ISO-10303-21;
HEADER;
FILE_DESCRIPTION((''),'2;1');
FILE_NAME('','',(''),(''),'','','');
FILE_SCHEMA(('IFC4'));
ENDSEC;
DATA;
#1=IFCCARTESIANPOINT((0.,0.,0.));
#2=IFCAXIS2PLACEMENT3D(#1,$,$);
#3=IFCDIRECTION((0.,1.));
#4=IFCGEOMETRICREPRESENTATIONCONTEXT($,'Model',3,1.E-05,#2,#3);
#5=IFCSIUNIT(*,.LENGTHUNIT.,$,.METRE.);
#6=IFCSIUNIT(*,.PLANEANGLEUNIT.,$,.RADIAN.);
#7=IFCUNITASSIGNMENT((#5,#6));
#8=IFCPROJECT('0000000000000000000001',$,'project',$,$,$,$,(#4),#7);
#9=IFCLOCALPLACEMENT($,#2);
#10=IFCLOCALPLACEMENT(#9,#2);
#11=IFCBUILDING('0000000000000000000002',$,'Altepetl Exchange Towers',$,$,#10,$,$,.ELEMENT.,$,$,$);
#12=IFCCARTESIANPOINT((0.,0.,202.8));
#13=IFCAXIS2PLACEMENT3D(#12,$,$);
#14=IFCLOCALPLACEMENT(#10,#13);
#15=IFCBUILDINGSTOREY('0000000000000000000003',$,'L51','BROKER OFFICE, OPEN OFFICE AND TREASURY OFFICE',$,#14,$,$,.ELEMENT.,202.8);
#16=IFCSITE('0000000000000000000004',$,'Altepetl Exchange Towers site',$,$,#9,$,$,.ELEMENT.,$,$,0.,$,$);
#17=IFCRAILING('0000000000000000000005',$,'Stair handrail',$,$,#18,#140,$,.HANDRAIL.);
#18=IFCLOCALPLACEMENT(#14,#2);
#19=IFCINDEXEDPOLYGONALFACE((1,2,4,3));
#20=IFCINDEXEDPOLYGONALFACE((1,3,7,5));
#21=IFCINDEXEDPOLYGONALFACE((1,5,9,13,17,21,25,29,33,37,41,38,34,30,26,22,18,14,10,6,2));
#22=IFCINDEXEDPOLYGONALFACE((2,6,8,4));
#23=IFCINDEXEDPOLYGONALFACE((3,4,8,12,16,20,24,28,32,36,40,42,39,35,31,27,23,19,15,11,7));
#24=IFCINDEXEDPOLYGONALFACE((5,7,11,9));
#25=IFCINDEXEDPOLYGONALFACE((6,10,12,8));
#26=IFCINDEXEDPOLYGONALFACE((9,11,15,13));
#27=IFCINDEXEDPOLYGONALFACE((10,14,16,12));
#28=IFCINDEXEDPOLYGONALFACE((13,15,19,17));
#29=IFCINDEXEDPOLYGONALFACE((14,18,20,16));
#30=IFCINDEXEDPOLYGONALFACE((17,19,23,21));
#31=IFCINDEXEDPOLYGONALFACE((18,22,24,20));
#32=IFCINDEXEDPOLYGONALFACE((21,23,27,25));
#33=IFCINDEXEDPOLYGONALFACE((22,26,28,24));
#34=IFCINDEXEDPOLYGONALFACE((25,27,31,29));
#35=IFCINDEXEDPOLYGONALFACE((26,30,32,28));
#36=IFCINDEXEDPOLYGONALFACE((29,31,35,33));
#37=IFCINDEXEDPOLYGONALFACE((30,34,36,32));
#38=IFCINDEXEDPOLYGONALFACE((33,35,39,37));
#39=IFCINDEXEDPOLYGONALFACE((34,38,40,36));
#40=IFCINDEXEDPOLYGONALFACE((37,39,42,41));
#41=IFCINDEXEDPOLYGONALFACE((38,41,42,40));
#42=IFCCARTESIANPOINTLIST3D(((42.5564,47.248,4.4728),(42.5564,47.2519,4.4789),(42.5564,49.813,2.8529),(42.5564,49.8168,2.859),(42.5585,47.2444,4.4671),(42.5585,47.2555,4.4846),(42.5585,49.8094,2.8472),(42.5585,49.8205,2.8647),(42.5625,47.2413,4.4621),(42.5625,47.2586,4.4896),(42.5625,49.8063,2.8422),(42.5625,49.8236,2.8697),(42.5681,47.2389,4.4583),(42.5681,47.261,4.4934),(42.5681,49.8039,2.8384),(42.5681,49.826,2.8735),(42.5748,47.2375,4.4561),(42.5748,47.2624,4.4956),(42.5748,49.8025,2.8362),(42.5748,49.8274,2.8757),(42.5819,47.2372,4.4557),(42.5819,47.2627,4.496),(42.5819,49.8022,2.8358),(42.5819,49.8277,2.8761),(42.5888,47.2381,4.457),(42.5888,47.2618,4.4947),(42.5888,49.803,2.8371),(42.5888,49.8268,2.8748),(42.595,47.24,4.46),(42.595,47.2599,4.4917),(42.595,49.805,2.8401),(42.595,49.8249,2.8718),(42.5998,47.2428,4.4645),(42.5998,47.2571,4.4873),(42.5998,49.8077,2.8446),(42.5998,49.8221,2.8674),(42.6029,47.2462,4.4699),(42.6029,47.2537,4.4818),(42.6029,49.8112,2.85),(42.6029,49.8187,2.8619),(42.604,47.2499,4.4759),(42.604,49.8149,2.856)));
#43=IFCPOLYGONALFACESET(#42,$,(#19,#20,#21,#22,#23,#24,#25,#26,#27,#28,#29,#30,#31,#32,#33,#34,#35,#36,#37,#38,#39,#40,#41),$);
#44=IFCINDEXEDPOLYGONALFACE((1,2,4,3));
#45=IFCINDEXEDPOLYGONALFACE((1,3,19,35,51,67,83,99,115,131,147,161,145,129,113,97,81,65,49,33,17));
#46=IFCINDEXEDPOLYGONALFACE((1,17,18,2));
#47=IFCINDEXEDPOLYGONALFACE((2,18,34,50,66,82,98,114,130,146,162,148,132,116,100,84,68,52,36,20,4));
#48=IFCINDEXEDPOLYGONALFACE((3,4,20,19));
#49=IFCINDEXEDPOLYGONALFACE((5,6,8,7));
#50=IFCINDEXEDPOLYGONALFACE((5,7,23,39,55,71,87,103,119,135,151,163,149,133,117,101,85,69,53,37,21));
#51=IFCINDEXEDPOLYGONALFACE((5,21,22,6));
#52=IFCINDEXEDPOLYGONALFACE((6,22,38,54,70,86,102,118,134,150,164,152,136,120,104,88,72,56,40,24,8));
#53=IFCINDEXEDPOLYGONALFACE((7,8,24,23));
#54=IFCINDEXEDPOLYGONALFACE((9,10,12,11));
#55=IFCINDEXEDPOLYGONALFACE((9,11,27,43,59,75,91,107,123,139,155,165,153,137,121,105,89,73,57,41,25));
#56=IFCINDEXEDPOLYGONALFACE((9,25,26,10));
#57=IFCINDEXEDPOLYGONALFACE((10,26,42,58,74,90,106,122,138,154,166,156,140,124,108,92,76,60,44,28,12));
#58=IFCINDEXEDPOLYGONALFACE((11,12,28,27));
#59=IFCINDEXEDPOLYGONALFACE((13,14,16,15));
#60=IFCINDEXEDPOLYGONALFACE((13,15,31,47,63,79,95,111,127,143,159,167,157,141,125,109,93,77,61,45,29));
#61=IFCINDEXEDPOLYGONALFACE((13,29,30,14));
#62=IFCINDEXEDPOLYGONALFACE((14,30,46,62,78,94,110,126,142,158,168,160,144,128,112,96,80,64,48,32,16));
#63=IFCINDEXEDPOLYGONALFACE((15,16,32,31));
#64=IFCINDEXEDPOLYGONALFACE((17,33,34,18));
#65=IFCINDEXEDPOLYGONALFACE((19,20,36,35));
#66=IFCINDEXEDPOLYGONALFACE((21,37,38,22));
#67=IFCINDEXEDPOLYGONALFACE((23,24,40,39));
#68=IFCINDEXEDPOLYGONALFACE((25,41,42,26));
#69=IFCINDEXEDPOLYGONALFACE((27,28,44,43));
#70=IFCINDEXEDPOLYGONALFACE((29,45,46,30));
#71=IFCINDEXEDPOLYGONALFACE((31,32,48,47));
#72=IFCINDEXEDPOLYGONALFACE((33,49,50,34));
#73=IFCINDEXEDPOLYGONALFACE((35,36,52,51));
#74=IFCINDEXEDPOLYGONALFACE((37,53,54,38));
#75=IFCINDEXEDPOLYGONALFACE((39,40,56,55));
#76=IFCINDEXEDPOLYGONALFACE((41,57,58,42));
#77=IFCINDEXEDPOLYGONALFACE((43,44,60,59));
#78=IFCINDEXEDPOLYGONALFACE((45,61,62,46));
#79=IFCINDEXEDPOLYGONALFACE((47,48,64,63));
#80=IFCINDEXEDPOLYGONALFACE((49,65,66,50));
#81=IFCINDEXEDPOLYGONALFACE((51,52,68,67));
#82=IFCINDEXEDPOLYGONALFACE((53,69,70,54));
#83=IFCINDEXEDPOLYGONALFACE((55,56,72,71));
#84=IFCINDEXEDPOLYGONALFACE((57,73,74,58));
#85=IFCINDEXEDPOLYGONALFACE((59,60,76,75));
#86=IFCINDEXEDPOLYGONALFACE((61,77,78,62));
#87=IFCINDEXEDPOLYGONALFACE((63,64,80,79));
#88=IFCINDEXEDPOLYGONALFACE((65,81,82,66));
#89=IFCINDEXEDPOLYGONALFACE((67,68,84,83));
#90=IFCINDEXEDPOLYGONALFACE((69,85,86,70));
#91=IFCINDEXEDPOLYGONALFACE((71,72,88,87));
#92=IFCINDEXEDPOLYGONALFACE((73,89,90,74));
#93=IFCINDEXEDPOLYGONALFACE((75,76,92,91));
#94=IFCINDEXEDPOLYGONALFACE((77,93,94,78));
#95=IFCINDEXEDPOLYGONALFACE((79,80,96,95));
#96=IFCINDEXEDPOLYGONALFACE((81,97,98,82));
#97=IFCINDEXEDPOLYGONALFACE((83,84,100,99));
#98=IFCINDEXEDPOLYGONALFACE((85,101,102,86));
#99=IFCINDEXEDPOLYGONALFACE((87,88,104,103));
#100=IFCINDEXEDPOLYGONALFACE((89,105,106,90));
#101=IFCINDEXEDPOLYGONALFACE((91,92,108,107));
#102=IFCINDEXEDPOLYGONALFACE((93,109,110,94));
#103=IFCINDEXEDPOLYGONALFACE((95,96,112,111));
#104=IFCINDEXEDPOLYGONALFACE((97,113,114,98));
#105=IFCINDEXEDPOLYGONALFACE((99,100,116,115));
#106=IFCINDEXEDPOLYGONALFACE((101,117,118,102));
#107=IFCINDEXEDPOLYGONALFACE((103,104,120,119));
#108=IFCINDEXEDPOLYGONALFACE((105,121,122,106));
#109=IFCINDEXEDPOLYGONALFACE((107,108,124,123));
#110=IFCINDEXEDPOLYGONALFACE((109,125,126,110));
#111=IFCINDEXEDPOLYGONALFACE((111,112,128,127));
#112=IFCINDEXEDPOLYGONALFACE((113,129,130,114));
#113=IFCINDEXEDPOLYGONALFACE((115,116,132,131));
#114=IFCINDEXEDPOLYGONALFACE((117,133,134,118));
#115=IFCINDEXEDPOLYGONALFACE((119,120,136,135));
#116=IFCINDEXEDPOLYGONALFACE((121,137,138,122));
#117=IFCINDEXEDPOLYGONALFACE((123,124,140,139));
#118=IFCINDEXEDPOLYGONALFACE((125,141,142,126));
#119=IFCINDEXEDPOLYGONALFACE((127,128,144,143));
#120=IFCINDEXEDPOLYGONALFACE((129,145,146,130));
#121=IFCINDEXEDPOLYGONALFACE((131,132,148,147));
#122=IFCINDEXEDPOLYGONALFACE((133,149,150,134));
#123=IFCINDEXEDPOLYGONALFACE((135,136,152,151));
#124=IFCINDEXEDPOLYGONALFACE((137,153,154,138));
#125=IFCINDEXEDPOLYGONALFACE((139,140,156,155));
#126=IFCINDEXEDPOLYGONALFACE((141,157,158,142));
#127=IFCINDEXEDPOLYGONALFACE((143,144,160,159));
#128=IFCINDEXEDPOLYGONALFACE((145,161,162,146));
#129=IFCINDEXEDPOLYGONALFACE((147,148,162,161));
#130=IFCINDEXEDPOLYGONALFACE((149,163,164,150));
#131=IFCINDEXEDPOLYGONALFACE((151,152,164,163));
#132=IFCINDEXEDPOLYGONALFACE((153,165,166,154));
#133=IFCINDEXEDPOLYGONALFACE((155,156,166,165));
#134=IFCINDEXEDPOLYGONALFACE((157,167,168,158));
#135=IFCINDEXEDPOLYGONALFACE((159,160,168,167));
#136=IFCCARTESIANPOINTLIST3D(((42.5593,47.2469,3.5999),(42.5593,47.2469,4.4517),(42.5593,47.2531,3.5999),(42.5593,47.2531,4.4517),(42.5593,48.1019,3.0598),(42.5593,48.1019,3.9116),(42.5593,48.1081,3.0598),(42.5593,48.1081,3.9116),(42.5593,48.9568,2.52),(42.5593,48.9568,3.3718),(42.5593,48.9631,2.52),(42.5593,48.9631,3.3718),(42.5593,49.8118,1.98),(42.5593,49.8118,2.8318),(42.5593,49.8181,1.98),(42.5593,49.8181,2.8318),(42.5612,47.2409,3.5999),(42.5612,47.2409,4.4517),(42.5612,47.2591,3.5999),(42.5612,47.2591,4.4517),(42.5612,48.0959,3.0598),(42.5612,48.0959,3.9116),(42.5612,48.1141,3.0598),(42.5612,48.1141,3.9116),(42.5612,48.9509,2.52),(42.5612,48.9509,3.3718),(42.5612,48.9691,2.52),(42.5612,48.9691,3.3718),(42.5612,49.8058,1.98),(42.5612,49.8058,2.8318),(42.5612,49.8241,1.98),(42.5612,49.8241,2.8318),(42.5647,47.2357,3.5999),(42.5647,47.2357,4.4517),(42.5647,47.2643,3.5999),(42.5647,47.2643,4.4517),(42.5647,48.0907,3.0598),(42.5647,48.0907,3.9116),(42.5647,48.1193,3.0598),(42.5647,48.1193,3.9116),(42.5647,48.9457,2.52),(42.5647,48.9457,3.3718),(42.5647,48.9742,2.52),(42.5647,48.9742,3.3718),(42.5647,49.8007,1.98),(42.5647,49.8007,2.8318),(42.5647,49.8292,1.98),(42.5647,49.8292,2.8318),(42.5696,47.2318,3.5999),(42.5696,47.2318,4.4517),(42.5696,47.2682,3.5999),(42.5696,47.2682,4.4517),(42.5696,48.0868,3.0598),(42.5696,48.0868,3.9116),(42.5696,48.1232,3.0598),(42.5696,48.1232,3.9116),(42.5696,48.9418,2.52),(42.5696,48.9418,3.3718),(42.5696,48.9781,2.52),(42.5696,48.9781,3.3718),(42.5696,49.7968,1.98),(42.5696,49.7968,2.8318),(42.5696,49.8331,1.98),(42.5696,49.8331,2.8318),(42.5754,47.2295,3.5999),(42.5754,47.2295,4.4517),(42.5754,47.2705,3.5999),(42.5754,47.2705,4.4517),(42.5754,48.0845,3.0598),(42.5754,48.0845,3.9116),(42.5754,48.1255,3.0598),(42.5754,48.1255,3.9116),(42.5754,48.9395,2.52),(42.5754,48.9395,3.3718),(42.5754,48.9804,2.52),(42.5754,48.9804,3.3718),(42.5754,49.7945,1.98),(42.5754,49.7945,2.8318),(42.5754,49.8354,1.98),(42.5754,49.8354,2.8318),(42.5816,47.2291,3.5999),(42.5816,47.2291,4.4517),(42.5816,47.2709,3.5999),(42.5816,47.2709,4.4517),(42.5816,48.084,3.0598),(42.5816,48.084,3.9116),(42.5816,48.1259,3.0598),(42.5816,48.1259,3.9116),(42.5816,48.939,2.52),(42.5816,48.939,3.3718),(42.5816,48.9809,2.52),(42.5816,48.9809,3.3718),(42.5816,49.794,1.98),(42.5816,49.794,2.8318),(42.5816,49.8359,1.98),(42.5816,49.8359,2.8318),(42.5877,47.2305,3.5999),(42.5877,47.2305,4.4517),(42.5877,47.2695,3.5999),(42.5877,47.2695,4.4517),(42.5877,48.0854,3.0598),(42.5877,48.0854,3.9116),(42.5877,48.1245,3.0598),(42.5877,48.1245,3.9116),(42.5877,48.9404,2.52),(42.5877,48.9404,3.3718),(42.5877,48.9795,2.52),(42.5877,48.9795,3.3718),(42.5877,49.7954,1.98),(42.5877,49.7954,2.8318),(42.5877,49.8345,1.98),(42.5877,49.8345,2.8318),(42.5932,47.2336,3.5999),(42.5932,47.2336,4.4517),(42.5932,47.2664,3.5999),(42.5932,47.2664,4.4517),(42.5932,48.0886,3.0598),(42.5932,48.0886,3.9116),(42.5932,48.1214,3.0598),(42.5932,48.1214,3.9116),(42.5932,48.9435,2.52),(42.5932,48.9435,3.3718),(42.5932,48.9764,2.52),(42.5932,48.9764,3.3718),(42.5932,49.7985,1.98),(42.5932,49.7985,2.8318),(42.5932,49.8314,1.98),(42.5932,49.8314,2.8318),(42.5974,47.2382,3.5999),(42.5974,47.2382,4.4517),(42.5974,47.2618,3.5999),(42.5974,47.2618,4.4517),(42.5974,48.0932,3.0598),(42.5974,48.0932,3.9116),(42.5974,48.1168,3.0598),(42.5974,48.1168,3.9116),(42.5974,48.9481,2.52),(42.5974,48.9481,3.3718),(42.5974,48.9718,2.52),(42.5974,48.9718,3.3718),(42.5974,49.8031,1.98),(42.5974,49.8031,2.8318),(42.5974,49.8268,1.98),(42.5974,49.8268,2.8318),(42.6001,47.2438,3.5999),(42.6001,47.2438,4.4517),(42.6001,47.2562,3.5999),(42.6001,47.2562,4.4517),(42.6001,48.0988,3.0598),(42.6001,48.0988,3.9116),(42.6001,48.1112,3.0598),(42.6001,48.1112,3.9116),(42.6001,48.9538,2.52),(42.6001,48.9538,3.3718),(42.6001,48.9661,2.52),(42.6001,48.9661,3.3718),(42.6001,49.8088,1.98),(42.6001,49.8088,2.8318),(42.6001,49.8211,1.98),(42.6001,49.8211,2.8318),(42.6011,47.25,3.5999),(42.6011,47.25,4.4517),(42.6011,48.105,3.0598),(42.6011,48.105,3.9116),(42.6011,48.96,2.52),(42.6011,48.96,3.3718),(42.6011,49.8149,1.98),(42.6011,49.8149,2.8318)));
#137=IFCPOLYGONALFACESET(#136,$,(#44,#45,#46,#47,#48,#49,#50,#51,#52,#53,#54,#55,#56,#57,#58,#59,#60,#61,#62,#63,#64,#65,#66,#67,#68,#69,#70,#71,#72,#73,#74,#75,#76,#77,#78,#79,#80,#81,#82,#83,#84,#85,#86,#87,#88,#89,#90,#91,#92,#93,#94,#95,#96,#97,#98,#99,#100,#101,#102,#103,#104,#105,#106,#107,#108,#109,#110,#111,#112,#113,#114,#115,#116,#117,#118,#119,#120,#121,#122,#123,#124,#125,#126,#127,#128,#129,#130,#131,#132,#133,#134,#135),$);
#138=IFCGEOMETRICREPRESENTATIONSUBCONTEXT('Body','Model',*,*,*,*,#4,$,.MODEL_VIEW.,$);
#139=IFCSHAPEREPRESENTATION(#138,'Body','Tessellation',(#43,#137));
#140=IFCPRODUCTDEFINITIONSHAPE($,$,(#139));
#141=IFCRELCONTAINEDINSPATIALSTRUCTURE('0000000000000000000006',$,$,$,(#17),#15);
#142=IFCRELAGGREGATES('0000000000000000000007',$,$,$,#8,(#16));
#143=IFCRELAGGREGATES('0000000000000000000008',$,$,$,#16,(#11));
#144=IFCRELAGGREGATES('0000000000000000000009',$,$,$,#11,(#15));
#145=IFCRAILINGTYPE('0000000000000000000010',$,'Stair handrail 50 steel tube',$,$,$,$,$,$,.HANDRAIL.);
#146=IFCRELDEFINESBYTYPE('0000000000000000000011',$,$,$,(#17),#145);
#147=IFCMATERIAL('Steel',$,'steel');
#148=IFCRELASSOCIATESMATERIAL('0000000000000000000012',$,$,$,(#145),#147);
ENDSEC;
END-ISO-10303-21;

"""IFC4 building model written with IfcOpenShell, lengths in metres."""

from ifc_helpers import new_model, si_unit, direction, frame, origin, origin_2d, place, context, subcontext, project, spatial, circle, extrude, source, transform, mapped, material, type_object, element, save


model = new_model("IFC4")

# Units and contexts
model_context = context("Model", 3, precision=1e-05, world=origin(), true_north=direction((0.0, 1.0)))
body_context = subcontext(model_context, "Body", "Model", "MODEL_VIEW")
ifc_project = project(units=[si_unit("LENGTHUNIT", "METRE"), si_unit("PLANEANGLEUNIT", "RADIAN")], contexts=[model_context])

# Site, building, storey
site_placement = place(None, origin())
site = spatial("IfcSite", under=ifc_project, at=site_placement, Name="Altepetl Exchange Towers site", CompositionType="ELEMENT", RefElevation=0.0)
building_placement = place(site_placement, origin())
building = spatial("IfcBuilding", under=site, at=building_placement, Name="Altepetl Exchange Towers", CompositionType="ELEMENT")
storey_placement = place(building_placement, frame((0.0, 0.0, 202.8)))
storey = spatial("IfcBuildingStorey", under=building, at=storey_placement, Name="L51", Description="BROKER OFFICE, OPEN OFFICE AND TREASURY OFFICE", CompositionType="ELEMENT", Elevation=202.8)

# Railing
ifc_material_1 = material(Name="Steel", Category="steel")
railing_type = type_object("IfcRailingType", Name="Stair handrail 50 steel tube", PredefinedType="HANDRAIL", material=ifc_material_1)
shared_shape = source(origin(), body_context, "Body", "SweptSolid", [
    extrude(circle(Radius=0.021, at=origin_2d()), origin(), (0.0, 0.0, 1.0), 0.8518),
])
railing_1_placement = place(storey_placement, frame((42.5801, 49.8149, 1.98)))
element("IfcRailing", 1, at=railing_1_placement, inside=storey, type_object=railing_type, Name="Stair handrail", PredefinedType="HANDRAIL", context=body_context, shape_type="SweptSolid", body=[
    extrude(circle(Radius=0.0239, at=origin_2d()), frame((0.0, 0.0, 0.876), z_axis=(0.0, -0.845502, 0.533972), x_axis=(1.0, 0.0, 0.0)), (0.0, 0.0, 1.0), 3.0337),
    mapped(shared_shape, transform((0.0, 0.0, 0.0))),
    mapped(shared_shape, transform((0.0, -0.855, 0.54))),
    mapped(shared_shape, transform((0.0, -1.71, 1.0798))),
    mapped(shared_shape, transform((0.0, -2.5649, 1.6199))),
])

save(model, "model.ifc")
